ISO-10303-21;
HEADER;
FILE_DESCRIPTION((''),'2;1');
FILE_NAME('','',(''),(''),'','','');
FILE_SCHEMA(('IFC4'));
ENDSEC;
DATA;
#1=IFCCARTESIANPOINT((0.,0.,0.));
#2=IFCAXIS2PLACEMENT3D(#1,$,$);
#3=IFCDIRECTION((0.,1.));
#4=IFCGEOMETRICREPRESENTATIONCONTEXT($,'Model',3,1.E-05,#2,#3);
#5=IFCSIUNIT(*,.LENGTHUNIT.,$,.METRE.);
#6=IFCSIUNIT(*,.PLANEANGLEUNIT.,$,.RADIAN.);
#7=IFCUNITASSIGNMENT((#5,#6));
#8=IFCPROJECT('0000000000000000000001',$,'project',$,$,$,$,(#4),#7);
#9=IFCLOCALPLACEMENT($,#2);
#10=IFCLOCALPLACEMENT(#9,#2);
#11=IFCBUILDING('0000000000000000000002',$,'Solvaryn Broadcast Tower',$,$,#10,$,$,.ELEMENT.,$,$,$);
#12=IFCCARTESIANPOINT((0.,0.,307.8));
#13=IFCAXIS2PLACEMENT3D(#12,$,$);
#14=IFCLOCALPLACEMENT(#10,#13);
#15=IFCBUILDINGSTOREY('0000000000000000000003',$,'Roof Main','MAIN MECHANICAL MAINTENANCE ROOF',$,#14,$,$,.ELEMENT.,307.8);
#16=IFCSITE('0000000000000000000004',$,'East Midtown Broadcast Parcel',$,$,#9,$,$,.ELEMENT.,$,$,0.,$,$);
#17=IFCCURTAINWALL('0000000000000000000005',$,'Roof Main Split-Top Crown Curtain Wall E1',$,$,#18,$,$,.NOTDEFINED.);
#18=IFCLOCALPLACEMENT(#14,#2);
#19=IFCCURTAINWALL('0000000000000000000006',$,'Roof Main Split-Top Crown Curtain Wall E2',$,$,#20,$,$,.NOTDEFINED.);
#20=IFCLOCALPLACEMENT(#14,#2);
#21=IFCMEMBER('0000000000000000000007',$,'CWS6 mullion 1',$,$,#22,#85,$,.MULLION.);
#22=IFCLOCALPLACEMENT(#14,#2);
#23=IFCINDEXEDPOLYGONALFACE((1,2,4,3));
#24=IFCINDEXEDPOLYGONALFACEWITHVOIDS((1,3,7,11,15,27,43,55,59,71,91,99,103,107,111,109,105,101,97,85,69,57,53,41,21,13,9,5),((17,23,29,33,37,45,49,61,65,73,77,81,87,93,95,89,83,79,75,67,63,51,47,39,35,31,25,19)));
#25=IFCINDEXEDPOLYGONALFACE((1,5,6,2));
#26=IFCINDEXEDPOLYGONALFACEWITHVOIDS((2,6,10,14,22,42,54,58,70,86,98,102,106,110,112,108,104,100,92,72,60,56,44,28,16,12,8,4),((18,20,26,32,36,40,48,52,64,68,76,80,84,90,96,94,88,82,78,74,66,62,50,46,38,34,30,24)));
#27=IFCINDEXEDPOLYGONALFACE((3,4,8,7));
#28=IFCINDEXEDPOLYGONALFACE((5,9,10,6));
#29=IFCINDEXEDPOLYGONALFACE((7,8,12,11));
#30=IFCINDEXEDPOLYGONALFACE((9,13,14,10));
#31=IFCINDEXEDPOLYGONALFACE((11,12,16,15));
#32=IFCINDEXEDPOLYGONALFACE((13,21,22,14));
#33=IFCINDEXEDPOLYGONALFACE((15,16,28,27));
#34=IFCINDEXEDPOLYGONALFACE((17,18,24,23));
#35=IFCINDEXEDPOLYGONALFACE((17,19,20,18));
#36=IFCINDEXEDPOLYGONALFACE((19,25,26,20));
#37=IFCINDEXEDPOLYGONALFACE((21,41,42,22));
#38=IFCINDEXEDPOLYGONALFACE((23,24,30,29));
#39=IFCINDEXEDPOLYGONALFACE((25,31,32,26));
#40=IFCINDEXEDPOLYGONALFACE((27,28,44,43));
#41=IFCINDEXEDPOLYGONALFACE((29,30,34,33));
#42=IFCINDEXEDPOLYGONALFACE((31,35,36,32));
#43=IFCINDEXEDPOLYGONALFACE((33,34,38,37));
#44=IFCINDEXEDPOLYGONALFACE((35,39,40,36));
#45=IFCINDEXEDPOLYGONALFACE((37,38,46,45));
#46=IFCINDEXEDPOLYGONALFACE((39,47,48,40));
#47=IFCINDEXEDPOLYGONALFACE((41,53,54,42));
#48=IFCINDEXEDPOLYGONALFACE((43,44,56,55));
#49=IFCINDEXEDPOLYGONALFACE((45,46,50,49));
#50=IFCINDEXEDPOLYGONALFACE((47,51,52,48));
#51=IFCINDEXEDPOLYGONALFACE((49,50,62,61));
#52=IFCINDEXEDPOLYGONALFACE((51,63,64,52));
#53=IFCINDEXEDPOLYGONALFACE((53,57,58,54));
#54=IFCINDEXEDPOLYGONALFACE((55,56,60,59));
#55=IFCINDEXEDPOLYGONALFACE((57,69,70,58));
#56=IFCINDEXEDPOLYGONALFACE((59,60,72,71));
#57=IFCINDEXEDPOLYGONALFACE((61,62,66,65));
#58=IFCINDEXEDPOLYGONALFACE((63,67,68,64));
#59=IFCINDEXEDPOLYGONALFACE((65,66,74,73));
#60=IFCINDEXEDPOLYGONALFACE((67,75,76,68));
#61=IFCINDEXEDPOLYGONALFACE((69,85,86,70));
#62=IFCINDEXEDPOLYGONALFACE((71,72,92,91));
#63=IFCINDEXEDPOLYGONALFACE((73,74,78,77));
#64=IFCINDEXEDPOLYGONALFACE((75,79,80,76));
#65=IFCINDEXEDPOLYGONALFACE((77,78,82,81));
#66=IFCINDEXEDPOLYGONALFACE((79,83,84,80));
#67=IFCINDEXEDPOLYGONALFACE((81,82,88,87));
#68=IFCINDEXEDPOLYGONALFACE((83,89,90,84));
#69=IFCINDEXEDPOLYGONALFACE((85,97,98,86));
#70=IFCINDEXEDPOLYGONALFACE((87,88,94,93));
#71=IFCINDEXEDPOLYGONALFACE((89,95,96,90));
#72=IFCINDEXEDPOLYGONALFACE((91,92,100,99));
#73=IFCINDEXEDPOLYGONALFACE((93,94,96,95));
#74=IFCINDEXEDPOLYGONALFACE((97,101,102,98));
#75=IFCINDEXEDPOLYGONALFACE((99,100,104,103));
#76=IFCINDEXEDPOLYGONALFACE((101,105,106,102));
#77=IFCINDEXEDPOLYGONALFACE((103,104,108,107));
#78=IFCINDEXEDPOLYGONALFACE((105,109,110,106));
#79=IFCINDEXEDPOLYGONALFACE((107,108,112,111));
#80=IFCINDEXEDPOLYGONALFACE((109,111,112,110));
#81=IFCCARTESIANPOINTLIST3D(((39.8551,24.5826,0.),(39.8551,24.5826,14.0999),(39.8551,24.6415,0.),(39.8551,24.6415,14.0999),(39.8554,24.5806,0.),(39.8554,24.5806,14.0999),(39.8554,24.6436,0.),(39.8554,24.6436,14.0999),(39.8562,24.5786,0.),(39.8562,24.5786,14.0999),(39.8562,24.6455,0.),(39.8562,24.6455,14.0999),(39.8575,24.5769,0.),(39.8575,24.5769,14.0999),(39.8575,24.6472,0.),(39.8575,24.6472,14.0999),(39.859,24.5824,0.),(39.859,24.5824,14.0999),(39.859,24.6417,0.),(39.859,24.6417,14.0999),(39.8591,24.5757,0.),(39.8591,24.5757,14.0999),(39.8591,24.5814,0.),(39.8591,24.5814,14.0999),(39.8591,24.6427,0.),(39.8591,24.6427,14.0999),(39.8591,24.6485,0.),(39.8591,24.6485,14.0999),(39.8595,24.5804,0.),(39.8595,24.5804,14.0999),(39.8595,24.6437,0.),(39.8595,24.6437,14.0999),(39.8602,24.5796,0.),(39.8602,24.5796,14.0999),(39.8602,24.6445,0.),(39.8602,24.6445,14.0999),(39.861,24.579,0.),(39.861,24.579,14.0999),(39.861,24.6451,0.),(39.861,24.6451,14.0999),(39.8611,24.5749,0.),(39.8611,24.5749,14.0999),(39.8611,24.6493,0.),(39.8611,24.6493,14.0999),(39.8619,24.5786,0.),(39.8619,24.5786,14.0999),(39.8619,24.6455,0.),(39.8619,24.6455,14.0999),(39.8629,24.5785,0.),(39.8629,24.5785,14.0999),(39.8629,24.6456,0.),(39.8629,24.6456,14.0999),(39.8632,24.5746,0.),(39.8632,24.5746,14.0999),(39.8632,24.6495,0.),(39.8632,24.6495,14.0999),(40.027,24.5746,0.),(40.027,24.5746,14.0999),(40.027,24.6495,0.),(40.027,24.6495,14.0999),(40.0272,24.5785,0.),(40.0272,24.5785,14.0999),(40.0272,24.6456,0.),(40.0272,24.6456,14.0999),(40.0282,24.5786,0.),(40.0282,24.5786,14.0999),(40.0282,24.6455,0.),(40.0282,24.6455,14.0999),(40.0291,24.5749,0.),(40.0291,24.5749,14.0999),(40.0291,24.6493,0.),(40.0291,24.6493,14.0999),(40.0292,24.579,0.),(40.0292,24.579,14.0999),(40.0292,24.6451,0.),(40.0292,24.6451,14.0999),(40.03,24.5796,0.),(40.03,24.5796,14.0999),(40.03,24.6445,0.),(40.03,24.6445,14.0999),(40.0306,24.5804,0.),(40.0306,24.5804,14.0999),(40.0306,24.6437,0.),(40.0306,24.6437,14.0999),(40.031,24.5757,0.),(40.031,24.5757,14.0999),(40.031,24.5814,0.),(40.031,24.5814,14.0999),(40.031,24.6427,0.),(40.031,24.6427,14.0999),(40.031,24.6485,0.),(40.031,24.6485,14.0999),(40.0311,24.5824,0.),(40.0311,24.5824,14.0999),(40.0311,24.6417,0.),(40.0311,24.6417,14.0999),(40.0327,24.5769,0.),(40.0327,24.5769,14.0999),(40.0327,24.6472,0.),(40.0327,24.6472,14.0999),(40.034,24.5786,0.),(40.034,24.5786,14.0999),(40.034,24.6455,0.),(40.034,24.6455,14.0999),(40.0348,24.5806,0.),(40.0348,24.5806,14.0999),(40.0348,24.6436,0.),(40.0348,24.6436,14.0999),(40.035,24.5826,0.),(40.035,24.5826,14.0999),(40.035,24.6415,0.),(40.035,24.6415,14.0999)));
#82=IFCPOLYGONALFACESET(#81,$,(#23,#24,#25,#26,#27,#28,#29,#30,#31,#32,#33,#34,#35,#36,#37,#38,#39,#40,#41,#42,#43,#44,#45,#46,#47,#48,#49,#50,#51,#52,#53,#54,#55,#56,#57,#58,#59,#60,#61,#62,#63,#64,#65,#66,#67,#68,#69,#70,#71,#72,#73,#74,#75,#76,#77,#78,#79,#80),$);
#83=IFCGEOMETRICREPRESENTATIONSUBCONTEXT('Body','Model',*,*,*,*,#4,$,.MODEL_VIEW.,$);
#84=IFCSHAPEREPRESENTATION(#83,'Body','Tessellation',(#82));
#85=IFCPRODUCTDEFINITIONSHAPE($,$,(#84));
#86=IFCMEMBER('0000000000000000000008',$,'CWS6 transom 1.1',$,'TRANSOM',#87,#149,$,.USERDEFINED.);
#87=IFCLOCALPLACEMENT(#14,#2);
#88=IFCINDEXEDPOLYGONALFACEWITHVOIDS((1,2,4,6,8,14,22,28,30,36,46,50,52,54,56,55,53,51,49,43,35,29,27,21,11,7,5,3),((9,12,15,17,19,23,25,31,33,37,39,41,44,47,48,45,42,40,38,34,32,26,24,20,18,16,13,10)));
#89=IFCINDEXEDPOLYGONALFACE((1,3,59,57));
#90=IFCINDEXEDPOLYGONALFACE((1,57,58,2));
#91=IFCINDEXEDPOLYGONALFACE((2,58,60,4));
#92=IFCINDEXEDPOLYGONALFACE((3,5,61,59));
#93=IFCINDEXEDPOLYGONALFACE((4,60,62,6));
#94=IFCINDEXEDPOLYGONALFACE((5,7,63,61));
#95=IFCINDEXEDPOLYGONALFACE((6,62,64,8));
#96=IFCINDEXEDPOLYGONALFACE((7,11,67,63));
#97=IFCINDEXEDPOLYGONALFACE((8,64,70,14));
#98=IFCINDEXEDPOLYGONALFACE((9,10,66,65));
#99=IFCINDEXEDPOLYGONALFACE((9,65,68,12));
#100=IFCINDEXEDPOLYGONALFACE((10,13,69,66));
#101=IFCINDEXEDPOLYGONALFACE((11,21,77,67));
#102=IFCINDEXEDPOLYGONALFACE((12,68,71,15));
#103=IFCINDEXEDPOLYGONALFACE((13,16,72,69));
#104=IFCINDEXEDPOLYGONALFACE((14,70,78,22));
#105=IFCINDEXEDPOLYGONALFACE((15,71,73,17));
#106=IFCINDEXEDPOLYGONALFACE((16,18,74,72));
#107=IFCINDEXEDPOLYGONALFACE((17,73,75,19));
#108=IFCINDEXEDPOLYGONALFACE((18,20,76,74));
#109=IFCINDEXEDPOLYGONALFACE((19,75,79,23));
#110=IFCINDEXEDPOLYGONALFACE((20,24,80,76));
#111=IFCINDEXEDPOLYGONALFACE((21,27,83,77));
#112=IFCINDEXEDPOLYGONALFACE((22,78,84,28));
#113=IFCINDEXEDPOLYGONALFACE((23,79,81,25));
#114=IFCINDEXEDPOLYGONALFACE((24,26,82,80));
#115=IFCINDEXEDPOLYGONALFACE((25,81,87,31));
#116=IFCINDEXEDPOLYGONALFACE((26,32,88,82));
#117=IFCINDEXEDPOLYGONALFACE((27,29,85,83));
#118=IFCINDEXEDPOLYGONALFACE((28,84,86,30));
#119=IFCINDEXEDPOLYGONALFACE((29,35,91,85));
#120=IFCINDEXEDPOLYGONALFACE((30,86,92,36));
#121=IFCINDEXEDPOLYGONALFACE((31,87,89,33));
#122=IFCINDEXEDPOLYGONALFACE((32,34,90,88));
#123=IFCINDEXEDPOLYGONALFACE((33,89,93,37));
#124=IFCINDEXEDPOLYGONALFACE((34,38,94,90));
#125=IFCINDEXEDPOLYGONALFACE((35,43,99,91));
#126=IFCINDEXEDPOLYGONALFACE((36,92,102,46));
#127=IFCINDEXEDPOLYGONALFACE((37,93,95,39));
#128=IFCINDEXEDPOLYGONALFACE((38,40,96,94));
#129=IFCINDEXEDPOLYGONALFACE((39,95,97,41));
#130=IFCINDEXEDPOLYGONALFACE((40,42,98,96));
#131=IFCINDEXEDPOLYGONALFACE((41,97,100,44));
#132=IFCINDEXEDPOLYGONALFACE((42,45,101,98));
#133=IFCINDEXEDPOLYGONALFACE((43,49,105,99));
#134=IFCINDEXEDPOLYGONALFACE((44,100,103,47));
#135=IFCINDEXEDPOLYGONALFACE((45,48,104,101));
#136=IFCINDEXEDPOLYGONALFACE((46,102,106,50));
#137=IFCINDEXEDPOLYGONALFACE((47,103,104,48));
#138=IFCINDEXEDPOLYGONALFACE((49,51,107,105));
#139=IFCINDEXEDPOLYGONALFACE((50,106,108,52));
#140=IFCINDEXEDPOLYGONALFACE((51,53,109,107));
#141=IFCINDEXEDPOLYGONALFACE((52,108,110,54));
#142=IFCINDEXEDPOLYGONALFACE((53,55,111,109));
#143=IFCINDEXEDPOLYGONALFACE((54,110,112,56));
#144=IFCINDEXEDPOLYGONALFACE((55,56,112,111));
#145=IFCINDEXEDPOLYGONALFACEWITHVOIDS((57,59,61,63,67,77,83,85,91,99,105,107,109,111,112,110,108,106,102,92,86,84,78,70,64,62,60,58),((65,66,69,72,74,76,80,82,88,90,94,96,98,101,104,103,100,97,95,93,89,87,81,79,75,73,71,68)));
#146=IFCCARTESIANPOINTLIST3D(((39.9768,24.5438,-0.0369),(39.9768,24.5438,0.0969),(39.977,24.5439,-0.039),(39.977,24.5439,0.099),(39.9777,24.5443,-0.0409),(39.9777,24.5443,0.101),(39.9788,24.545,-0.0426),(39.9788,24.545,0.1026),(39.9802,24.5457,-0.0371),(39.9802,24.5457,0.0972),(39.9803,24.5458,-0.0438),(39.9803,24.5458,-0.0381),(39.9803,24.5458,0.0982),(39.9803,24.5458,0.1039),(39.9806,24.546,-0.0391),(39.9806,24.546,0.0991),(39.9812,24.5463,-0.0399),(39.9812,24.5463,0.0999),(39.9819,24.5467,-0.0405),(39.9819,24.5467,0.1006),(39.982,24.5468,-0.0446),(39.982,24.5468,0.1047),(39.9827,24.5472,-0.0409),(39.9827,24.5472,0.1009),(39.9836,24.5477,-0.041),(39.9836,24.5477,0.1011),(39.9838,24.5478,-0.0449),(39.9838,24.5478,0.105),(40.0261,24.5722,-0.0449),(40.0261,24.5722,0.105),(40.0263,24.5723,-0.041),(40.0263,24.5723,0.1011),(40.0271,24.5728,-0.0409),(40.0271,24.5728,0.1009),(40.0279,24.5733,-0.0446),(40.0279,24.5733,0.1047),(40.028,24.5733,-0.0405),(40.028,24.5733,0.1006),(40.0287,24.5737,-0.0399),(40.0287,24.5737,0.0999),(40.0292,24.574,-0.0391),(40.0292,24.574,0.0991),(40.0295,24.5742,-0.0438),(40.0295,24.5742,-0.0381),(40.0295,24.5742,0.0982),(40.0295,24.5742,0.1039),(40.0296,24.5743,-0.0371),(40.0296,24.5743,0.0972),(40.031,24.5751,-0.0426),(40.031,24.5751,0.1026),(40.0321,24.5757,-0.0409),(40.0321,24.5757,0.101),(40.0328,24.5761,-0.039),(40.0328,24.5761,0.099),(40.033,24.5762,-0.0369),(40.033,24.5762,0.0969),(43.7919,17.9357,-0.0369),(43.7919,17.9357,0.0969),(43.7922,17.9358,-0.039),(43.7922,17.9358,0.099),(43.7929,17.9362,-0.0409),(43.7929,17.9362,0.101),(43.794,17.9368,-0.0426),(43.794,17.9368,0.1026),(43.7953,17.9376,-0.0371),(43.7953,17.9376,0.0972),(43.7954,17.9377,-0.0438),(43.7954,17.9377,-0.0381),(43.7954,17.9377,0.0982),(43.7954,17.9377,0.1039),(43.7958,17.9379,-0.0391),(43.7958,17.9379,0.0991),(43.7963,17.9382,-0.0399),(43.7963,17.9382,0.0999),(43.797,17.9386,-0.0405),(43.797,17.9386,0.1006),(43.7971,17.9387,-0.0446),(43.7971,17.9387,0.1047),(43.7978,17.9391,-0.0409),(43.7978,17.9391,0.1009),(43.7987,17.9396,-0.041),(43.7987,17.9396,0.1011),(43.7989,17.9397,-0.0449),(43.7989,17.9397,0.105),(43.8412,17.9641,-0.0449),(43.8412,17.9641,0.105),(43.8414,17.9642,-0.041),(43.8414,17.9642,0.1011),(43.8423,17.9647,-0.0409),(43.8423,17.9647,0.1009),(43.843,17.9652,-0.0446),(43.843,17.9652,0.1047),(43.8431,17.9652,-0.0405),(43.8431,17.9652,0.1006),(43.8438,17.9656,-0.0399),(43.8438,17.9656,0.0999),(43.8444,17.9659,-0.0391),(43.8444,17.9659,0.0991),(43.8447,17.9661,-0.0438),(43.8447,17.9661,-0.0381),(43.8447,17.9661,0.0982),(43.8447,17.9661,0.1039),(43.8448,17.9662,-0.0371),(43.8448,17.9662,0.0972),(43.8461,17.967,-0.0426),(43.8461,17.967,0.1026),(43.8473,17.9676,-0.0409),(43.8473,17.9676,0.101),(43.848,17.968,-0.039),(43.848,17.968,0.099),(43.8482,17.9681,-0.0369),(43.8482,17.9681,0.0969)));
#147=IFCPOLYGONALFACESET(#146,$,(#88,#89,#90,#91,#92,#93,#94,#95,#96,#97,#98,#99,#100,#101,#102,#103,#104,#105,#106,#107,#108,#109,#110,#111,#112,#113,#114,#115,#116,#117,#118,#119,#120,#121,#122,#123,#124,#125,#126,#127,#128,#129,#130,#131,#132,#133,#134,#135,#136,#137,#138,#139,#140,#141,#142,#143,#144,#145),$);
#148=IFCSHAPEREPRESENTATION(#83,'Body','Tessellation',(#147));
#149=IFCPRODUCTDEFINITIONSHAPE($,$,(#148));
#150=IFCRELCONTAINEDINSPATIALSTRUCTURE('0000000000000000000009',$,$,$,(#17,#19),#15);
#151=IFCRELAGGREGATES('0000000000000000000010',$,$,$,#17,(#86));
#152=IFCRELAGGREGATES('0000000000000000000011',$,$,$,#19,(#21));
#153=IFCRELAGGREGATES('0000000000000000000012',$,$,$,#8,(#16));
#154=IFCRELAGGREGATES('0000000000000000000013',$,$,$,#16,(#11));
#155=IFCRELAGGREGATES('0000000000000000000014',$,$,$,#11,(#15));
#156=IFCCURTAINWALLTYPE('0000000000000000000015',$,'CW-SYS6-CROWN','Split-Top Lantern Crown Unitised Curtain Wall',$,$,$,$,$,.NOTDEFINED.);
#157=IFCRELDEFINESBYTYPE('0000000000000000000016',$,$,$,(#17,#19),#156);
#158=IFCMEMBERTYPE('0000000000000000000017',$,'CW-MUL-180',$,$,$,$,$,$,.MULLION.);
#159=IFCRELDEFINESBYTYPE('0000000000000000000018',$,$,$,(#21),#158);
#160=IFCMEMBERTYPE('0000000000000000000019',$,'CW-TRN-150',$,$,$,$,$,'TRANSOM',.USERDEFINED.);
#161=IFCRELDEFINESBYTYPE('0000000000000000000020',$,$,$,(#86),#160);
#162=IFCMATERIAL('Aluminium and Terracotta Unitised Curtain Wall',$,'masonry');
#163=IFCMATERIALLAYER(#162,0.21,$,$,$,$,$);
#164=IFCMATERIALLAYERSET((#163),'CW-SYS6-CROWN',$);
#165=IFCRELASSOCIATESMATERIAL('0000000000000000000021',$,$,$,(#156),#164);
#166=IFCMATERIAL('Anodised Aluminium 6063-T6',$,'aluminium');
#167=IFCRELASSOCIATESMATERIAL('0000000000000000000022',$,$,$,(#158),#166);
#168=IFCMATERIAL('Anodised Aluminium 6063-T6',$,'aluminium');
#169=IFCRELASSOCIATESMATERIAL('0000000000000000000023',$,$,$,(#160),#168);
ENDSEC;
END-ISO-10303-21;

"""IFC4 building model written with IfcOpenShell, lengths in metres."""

from ifc_helpers import new_model, si_unit, direction, frame, origin, origin_2d, place, context, subcontext, project, spatial, hollow_rectangle, extrude, material, layer, layer_set, material_profile, profile_set, type_object, element, aggregate, save


model = new_model("IFC4")

# Units and contexts
model_context = context("Model", 3, precision=1e-05, world=origin(), true_north=direction((0.0, 1.0)))
body_context = subcontext(model_context, "Body", "Model", "MODEL_VIEW")
ifc_project = project(units=[si_unit("LENGTHUNIT", "METRE"), si_unit("PLANEANGLEUNIT", "RADIAN")], contexts=[model_context])

# Site, building, storey
site_placement = place(None, origin())
site = spatial("IfcSite", under=ifc_project, at=site_placement, Name="East Midtown Broadcast Parcel", CompositionType="ELEMENT", RefElevation=0.0)
building_placement = place(site_placement, origin())
building = spatial("IfcBuilding", under=site, at=building_placement, Name="Solvaryn Broadcast Tower", CompositionType="ELEMENT")
storey_placement = place(building_placement, frame((0.0, 0.0, 307.8)))
storey = spatial("IfcBuildingStorey", under=building, at=storey_placement, Name="Roof Main", Description="MAIN MECHANICAL MAINTENANCE ROOF", CompositionType="ELEMENT", Elevation=307.8)

# Curtain wall
ifc_material_1 = material(Name="Aluminium and Terracotta Unitised Curtain Wall", Category="masonry")
ifc_layer_1 = layer(ifc_material_1, 0.21)
ifc_layer_set_1 = layer_set([ifc_layer_1], Name="CW-SYS6-CROWN")
curtain_wall_type = type_object("IfcCurtainWallType", Name="CW-SYS6-CROWN", Description="Split-Top Lantern Crown Unitised Curtain Wall", PredefinedType="NOTDEFINED", material=ifc_layer_set_1)
curtain_wall_1_placement = place(storey_placement, origin())
curtain_wall_1 = element("IfcCurtainWall", 1, at=curtain_wall_1_placement, inside=storey, type_object=curtain_wall_type, Name="Roof Main Split-Top Crown Curtain Wall E1", PredefinedType="NOTDEFINED")
ifc_material_2 = material(Name="Anodised Aluminium 6063-T6", Category="aluminium")
ifc_material_profile_1 = material_profile(ifc_material_2, hollow_rectangle(XDim=0.075, YDim=0.1799, WallThickness=0.0039, InnerFilletRadius=0.0039, OuterFilletRadius=0.0081, at=origin_2d()))
ifc_profile_set_1 = profile_set([ifc_material_profile_1], Name="Anodised Aluminium 6063-T6")
member_type_1 = type_object("IfcMemberType", Name="CW-MUL-180", PredefinedType="MULLION", material=ifc_profile_set_1)

# Curtain wall, member
curtain_wall_2_placement = place(storey_placement, origin())
curtain_wall_2 = element("IfcCurtainWall", 2, at=curtain_wall_2_placement, inside=storey, type_object=curtain_wall_type, Name="Roof Main Split-Top Crown Curtain Wall E2", PredefinedType="NOTDEFINED")
member_1_placement = place(storey_placement, frame((39.9451, 24.6121, 0.0), z_axis=(0.0, 0.0, 1.0), x_axis=(0.0, -1.0, 0.0)))
member_1 = element("IfcMember", 3, at=member_1_placement, type_object=member_type_1, Name="CWS6 mullion 1", PredefinedType="MULLION", context=body_context, shape_type="SweptSolid", body=[
    extrude(hollow_rectangle(XDim=0.075, YDim=0.1799, WallThickness=0.0039, InnerFilletRadius=0.0039, OuterFilletRadius=0.0081, at=origin_2d()), origin(), (0.0, 0.0, 1.0), 14.0999),
])

# Member
ifc_material_3 = material(Name="Anodised Aluminium 6063-T6", Category="aluminium")
ifc_material_profile_2 = material_profile(ifc_material_3, hollow_rectangle(XDim=0.0649, YDim=0.1499, WallThickness=0.0039, InnerFilletRadius=0.0039, OuterFilletRadius=0.0081, at=origin_2d()))
ifc_profile_set_2 = profile_set([ifc_material_profile_2], Name="Anodised Aluminium 6063-T6")
member_type_2 = type_object("IfcMemberType", Name="CW-TRN-150", ElementType="TRANSOM", PredefinedType="USERDEFINED", material=ifc_profile_set_2)
member_2_placement = place(storey_placement, frame((43.8201, 17.9519, 0.03), z_axis=(-0.499997, 0.866027, 0.0), x_axis=(-0.866027, -0.499997, 0.0)))
member_2 = element("IfcMember", 4, at=member_2_placement, type_object=member_type_2, Name="CWS6 transom 1.1", ObjectType="TRANSOM", PredefinedType="USERDEFINED", context=body_context, shape_type="SweptSolid", body=[
    extrude(hollow_rectangle(XDim=0.0649, YDim=0.1499, WallThickness=0.0039, InnerFilletRadius=0.0039, OuterFilletRadius=0.0081, at=origin_2d()), origin(), (0.0, 0.0, 1.0), 7.6304),
])

aggregate(curtain_wall_1, [member_2])
aggregate(curtain_wall_2, [member_1])

save(model, "model.ifc")
